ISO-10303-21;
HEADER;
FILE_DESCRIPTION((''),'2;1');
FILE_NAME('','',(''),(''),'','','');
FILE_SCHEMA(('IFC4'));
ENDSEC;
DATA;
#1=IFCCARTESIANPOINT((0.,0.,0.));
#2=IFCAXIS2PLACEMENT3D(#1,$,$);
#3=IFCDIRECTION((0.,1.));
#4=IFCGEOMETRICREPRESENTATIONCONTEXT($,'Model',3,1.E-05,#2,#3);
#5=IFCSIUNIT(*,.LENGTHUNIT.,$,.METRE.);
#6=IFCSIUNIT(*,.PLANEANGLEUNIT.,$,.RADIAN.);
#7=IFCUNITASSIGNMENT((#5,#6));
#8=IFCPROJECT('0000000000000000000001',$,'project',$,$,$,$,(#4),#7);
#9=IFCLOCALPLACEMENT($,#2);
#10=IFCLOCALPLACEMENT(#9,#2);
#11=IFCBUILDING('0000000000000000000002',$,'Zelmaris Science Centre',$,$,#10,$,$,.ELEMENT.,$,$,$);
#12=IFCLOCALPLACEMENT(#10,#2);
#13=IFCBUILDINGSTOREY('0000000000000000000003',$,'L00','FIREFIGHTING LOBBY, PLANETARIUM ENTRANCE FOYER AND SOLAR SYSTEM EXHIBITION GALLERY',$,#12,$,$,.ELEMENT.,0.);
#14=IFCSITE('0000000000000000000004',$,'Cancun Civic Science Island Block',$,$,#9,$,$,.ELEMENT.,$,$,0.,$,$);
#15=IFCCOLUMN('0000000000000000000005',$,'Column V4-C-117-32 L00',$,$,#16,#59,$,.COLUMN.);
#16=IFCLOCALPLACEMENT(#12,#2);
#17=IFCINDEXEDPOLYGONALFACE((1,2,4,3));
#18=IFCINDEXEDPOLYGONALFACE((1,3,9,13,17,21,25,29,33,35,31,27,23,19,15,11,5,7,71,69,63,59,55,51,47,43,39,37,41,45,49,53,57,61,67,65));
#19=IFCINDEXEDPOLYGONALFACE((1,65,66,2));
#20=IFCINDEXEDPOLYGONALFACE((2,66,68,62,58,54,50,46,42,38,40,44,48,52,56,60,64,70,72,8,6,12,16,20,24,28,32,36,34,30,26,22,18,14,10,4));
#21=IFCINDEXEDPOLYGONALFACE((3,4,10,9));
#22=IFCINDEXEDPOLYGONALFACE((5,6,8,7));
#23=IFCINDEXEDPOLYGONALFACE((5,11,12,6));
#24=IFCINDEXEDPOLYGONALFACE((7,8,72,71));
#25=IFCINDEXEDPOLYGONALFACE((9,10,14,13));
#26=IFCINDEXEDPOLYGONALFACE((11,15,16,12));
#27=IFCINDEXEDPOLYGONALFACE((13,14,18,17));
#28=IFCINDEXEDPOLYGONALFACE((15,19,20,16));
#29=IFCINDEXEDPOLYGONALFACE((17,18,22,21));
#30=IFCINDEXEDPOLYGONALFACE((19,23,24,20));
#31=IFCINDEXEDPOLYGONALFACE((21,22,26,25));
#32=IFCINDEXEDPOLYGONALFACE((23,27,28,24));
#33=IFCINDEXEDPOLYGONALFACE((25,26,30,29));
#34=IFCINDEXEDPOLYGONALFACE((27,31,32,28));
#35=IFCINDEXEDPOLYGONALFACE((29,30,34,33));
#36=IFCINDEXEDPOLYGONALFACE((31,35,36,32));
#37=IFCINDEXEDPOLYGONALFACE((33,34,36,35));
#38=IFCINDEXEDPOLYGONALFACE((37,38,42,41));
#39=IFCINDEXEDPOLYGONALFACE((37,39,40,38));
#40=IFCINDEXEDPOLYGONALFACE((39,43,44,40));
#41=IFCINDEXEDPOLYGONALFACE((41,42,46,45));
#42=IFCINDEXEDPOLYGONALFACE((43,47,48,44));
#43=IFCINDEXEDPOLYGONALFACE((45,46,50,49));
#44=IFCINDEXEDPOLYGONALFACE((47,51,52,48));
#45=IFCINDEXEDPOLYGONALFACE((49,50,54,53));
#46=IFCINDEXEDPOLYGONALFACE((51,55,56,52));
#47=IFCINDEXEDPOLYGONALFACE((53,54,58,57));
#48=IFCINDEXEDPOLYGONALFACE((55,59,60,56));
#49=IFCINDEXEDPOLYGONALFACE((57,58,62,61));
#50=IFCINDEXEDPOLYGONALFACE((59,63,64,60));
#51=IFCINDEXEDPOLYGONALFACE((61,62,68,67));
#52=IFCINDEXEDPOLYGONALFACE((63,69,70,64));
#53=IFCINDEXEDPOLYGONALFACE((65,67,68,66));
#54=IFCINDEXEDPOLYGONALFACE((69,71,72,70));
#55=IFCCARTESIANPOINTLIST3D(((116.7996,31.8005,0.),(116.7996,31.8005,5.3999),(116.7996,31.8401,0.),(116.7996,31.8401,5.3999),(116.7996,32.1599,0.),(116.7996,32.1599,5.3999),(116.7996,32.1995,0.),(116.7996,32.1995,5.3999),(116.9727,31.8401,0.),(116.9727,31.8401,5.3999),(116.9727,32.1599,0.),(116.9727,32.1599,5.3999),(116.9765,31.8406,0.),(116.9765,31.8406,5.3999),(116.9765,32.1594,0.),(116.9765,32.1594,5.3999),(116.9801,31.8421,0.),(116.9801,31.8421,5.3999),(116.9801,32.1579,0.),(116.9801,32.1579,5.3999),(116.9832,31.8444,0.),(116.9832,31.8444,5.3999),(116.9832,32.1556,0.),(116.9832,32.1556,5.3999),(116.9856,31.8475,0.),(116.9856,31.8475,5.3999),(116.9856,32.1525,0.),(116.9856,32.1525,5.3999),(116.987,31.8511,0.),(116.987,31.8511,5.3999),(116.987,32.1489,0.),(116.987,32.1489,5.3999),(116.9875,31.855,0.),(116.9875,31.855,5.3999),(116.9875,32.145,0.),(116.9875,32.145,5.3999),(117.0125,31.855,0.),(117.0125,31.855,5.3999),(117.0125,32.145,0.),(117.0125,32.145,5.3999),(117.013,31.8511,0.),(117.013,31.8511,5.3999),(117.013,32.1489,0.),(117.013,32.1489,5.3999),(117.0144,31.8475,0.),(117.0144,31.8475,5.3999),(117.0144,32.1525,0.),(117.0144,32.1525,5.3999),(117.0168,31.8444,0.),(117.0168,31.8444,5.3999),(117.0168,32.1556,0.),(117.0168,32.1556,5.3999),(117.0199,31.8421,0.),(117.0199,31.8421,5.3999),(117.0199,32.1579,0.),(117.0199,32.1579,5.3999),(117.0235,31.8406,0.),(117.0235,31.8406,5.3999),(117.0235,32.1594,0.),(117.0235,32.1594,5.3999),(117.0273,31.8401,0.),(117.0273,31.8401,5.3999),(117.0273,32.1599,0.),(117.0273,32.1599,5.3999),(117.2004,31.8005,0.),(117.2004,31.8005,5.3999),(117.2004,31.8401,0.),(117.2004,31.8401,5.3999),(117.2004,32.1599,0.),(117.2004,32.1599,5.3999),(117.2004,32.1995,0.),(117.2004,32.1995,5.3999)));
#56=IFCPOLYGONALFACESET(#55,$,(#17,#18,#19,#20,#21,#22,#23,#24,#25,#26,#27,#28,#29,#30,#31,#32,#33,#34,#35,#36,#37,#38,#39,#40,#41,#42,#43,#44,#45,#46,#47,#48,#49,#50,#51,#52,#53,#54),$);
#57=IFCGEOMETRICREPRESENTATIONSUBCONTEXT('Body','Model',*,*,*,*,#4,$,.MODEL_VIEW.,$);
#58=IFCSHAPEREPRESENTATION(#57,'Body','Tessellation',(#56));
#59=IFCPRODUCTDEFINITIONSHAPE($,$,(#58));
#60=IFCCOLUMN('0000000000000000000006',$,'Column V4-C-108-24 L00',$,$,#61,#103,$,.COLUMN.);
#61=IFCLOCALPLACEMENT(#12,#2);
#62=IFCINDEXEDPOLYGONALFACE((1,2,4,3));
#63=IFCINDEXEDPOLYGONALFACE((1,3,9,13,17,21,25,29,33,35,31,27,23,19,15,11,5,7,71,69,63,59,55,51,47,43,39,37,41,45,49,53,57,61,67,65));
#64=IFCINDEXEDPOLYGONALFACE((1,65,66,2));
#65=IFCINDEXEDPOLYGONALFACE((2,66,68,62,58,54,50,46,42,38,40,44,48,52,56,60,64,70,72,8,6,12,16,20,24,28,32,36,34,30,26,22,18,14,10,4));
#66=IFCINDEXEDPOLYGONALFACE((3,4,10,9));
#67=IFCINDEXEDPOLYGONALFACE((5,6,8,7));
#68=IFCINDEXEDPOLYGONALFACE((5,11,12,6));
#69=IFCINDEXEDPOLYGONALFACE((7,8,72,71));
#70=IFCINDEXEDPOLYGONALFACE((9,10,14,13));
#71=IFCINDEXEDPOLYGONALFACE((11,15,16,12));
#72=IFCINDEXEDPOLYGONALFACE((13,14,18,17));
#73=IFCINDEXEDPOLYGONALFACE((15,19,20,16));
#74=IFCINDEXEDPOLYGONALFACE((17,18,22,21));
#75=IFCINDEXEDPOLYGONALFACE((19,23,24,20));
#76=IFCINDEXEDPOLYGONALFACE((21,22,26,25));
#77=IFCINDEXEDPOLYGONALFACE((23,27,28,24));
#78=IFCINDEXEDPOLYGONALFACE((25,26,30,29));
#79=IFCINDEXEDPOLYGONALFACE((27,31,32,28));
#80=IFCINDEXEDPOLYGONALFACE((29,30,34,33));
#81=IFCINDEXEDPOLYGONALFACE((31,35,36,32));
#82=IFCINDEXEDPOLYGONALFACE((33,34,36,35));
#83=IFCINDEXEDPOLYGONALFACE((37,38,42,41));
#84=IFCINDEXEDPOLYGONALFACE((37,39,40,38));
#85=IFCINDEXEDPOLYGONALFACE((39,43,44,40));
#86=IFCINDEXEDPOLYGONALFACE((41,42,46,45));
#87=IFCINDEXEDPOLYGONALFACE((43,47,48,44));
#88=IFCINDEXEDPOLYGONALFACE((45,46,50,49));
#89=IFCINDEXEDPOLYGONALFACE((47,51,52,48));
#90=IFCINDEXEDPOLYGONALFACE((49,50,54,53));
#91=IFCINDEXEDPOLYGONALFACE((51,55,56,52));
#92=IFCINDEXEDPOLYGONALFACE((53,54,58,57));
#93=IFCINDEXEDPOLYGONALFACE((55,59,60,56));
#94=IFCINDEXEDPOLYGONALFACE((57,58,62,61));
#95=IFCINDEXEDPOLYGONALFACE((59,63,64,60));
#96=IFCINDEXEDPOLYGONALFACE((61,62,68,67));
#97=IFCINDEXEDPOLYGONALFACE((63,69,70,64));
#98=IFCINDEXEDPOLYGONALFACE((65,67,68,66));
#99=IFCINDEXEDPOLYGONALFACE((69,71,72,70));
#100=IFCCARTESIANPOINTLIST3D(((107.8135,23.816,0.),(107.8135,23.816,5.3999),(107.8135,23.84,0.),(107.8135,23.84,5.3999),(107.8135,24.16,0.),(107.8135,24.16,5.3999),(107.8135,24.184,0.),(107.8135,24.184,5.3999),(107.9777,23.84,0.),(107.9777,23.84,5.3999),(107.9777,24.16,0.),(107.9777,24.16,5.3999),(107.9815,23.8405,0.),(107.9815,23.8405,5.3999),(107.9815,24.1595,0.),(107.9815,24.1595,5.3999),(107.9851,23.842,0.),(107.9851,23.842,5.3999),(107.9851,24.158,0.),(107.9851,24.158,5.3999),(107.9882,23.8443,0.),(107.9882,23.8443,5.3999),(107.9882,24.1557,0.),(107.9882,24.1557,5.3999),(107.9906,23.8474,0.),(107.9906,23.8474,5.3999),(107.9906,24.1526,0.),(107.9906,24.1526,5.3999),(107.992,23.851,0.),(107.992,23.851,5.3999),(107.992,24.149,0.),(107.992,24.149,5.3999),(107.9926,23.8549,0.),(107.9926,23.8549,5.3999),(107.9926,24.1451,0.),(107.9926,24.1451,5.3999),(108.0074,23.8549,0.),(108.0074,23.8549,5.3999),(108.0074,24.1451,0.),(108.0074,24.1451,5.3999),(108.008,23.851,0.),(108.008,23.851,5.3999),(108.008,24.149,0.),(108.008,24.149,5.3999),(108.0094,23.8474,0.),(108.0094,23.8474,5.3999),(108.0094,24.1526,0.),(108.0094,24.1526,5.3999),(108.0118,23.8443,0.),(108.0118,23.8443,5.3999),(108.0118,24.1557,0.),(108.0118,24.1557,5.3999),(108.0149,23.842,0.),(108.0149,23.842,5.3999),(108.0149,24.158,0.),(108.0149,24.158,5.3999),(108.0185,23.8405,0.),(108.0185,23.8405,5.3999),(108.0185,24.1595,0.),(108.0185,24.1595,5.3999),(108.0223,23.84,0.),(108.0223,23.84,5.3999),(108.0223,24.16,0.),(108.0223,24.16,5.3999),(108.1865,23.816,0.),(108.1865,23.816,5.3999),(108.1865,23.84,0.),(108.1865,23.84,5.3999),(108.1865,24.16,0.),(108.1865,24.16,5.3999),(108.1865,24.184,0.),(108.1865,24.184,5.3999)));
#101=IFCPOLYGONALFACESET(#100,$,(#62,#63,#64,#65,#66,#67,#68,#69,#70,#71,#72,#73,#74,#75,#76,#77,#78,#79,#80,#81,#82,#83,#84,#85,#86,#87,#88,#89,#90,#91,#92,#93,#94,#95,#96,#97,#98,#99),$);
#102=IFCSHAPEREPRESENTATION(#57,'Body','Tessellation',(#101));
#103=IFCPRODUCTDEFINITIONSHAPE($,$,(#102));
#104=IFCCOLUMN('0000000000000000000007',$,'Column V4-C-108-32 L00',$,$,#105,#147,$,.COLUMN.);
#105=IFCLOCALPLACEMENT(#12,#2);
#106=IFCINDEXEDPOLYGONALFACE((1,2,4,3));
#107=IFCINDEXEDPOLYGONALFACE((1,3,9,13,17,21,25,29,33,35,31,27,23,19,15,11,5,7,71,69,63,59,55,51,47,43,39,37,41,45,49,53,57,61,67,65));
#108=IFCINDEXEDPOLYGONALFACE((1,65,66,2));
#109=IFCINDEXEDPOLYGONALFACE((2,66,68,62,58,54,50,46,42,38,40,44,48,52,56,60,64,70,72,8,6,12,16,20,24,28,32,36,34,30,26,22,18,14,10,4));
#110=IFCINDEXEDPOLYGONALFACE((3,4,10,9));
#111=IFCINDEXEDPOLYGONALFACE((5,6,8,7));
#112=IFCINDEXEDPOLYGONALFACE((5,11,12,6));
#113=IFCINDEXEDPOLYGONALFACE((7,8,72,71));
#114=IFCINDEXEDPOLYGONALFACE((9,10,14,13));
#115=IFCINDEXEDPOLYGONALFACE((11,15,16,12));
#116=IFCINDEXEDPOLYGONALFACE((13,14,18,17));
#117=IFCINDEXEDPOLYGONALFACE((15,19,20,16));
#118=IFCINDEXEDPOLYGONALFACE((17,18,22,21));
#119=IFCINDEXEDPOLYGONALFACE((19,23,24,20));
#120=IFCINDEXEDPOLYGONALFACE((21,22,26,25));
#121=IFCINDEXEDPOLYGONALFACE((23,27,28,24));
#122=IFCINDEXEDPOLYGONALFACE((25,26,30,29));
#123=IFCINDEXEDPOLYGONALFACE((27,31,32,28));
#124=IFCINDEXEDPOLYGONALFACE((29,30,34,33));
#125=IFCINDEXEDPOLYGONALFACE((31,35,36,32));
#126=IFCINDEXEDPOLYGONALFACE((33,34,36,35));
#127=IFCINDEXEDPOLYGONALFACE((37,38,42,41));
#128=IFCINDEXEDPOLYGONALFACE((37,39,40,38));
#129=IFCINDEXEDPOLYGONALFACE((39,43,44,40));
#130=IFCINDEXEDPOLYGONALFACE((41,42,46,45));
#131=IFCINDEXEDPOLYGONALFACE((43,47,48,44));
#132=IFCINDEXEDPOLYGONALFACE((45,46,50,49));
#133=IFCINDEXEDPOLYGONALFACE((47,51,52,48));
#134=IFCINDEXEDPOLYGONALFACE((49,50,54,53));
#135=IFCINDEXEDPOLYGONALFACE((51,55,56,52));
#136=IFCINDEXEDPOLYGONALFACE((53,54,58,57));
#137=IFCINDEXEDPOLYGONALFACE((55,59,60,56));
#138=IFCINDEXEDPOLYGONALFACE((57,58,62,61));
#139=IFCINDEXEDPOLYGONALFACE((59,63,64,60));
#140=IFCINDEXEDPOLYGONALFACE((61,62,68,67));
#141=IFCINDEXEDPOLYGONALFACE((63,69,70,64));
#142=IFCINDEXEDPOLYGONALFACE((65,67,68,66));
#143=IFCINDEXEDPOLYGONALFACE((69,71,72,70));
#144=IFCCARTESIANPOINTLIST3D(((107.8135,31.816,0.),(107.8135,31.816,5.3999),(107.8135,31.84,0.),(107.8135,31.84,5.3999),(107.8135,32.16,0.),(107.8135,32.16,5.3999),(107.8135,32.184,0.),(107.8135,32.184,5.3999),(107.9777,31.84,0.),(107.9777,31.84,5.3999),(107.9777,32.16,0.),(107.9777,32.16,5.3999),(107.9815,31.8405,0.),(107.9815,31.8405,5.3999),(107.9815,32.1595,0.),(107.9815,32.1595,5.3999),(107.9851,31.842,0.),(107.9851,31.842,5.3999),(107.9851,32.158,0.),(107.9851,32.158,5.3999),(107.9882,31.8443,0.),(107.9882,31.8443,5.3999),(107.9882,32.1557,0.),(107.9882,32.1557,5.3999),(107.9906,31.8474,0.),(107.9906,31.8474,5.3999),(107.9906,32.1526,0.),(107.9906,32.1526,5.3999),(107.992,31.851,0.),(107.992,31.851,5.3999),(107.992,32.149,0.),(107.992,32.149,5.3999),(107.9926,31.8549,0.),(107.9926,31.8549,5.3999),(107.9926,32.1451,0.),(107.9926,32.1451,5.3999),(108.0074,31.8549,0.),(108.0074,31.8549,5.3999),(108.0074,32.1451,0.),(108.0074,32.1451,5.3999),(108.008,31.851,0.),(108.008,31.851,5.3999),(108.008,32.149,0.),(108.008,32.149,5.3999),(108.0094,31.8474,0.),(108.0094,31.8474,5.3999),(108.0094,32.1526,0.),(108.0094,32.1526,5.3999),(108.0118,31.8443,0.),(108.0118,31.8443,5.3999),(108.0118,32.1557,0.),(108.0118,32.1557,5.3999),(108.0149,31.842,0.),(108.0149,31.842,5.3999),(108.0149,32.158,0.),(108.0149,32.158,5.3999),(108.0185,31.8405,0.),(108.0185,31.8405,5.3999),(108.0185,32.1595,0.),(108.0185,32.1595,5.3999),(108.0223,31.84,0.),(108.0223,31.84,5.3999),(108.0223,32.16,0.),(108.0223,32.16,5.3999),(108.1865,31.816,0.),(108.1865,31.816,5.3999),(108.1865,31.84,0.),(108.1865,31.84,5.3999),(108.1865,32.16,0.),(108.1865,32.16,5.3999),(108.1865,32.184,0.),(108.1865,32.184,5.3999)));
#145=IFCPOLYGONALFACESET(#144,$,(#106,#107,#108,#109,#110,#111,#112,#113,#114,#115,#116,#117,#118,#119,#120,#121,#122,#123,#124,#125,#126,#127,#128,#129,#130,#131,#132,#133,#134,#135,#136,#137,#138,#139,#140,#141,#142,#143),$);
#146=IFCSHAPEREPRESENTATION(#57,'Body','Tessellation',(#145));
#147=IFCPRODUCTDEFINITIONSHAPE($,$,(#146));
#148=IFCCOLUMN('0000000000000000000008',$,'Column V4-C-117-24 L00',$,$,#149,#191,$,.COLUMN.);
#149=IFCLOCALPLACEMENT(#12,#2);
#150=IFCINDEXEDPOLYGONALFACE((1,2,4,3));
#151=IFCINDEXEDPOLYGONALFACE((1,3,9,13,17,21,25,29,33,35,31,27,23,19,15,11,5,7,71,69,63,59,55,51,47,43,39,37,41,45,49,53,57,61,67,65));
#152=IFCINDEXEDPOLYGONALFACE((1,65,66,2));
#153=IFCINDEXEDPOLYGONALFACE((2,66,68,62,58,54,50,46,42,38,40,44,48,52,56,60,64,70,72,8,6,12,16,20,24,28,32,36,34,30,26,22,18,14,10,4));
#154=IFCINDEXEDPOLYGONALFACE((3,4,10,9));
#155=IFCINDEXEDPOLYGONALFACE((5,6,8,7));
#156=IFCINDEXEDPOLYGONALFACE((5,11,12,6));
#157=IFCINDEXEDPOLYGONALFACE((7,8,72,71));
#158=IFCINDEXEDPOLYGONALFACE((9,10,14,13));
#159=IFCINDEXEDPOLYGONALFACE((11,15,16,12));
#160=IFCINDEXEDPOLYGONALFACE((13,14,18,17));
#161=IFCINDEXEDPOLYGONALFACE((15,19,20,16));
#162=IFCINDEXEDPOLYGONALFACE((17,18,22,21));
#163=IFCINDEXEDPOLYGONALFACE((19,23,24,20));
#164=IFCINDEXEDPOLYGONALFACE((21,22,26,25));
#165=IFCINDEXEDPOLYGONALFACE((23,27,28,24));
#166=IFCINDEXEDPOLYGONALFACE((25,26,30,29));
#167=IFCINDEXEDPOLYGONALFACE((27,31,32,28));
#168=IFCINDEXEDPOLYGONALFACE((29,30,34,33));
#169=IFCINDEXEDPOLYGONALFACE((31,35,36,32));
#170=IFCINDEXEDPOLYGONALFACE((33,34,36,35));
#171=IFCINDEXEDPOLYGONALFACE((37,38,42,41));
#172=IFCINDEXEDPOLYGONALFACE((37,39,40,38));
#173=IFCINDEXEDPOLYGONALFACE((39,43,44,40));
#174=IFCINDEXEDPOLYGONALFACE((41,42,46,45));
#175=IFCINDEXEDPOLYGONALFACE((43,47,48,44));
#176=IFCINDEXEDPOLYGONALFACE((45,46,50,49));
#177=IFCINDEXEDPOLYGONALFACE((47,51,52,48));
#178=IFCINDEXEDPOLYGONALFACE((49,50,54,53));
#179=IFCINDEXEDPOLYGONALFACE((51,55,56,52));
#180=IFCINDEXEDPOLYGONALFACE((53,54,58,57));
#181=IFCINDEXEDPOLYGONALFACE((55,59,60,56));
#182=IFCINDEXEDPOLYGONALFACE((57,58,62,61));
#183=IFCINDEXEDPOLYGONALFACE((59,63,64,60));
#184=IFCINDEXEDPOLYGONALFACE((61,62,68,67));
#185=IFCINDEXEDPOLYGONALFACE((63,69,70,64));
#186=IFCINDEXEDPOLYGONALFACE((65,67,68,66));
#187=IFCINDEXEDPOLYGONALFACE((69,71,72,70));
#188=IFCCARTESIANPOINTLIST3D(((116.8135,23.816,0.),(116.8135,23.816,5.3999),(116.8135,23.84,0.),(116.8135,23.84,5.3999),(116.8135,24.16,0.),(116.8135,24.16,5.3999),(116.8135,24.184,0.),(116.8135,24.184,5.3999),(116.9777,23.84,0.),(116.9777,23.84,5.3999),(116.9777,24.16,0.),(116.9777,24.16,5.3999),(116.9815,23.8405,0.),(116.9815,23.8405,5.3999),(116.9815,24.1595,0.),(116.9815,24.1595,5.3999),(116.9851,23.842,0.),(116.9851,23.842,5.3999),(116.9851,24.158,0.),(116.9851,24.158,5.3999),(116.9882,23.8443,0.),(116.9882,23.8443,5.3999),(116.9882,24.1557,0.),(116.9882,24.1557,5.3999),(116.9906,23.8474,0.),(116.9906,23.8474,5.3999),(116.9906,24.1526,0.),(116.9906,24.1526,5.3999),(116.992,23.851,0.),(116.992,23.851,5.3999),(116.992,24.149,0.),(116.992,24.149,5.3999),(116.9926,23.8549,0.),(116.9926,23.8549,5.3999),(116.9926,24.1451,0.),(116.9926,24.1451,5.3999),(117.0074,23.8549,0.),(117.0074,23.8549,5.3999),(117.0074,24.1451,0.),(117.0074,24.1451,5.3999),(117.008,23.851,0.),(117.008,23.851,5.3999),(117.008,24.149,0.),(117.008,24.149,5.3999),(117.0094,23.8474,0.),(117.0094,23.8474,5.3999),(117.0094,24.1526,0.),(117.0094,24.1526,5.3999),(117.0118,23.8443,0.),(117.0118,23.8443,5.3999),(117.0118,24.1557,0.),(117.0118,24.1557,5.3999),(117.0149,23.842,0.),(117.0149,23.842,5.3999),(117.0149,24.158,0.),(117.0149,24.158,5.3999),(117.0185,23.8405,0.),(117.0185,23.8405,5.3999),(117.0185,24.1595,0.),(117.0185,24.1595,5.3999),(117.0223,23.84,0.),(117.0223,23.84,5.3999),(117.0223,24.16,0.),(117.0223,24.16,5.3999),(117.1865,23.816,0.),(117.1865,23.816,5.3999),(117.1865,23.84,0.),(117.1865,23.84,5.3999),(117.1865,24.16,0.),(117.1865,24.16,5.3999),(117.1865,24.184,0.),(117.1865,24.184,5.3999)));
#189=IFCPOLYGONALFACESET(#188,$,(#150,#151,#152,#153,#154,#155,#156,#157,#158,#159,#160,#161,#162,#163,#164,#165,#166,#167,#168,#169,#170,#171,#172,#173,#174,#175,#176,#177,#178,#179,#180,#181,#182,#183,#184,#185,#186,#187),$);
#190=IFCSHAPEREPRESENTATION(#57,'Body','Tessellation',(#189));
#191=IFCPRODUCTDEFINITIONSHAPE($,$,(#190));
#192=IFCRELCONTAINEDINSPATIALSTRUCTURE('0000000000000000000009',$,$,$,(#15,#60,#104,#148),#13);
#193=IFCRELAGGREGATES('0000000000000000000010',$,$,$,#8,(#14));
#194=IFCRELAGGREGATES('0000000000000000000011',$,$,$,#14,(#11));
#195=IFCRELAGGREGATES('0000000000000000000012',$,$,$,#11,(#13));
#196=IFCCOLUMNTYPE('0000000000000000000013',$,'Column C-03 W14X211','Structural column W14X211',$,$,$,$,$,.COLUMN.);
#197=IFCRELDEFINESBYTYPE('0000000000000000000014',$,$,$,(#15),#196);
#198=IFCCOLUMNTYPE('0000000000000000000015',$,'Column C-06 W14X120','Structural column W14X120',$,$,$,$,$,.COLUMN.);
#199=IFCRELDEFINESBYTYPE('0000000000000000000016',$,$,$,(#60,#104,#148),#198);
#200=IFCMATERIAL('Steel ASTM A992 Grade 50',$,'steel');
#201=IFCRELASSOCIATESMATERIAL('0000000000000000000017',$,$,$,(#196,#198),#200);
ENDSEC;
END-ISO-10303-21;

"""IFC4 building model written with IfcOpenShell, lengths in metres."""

from ifc_helpers import new_model, si_unit, direction, frame, origin, origin_2d, place, context, subcontext, project, spatial, i_section, extrude, material, material_profile, profile_set, type_object, element, save


model = new_model("IFC4")

# Units and contexts
model_context = context("Model", 3, precision=1e-05, world=origin(), true_north=direction((0.0, 1.0)))
body_context = subcontext(model_context, "Body", "Model", "MODEL_VIEW")
ifc_project = project(units=[si_unit("LENGTHUNIT", "METRE"), si_unit("PLANEANGLEUNIT", "RADIAN")], contexts=[model_context])

# Site, building, storey
site_placement = place(None, origin())
site = spatial("IfcSite", under=ifc_project, at=site_placement, Name="Cancun Civic Science Island Block", CompositionType="ELEMENT", RefElevation=0.0)
building_placement = place(site_placement, origin())
building = spatial("IfcBuilding", under=site, at=building_placement, Name="Zelmaris Science Centre", CompositionType="ELEMENT")
storey_placement = place(building_placement, origin())
storey = spatial("IfcBuildingStorey", under=building, at=storey_placement, Name="L00", Description="FIREFIGHTING LOBBY, PLANETARIUM ENTRANCE FOYER AND SOLAR SYSTEM EXHIBITION GALLERY", CompositionType="ELEMENT", Elevation=0.0)

# Columns
ifc_material_1 = material(Name="Steel ASTM A992 Grade 50", Category="steel")
ifc_material_profile_1 = material_profile(ifc_material_1, i_section(OverallWidth=0.4009, OverallDepth=0.3989, WebThickness=0.0249, FlangeThickness=0.0396, FilletRadius=0.0149, at=origin_2d()), Name="W14X211")
ifc_profile_set_1 = profile_set([ifc_material_profile_1], Name="Steel ASTM A992 Grade 50")
column_type_1 = type_object("IfcColumnType", Name="Column C-03 W14X211", Description="Structural column W14X211", PredefinedType="COLUMN", material=ifc_profile_set_1)
column_placement = place(storey_placement, frame((117.0, 32.0, 0.0), z_axis=(0.0, 0.0, 1.0), x_axis=(1.0, 0.0, 0.0)))
element("IfcColumn", 1, at=column_placement, inside=storey, type_object=column_type_1, Name="Column V4-C-117-32 L00", PredefinedType="COLUMN", context=body_context, shape_type="SweptSolid", body=[
    extrude(i_section(OverallWidth=0.4009, OverallDepth=0.3989, WebThickness=0.0249, FlangeThickness=0.0396, FilletRadius=0.0149, at=origin_2d()), origin(), (0.0, 0.0, 1.0), 5.3999),
])
ifc_material_profile_2 = material_profile(ifc_material_1, i_section(OverallWidth=0.373, OverallDepth=0.3679, WebThickness=0.0149, FlangeThickness=0.0239, FilletRadius=0.0149, at=origin_2d()), Name="W14X120")
ifc_profile_set_2 = profile_set([ifc_material_profile_2], Name="Steel ASTM A992 Grade 50")
column_type_2 = type_object("IfcColumnType", Name="Column C-06 W14X120", Description="Structural column W14X120", PredefinedType="COLUMN", material=ifc_profile_set_2)
for number, where, z_axis, x_axis, name in (
    (2, (108.0, 24.0, 0.0), (0.0, 0.0, 1.0), (1.0, 0.0, 0.0), "Column V4-C-108-24 L00"),
    (3, (108.0, 32.0, 0.0), (0.0, 0.0, 1.0), (1.0, 0.0, 0.0), "Column V4-C-108-32 L00"),
    (4, (117.0, 24.0, 0.0), (0.0, 0.0, 1.0), (1.0, 0.0, 0.0), "Column V4-C-117-24 L00"),
):
    element("IfcColumn", number, at=place(storey_placement, frame(where, z_axis=z_axis, x_axis=x_axis)), inside=storey, type_object=column_type_2, Name=name, PredefinedType="COLUMN", context=body_context, shape_type="SweptSolid", body=[
        extrude(i_section(OverallWidth=0.373, OverallDepth=0.3679, WebThickness=0.0149, FlangeThickness=0.0239, FilletRadius=0.0149, at=origin_2d()), origin(), (0.0, 0.0, 1.0), 5.3999),
    ])

save(model, "model.ifc")
